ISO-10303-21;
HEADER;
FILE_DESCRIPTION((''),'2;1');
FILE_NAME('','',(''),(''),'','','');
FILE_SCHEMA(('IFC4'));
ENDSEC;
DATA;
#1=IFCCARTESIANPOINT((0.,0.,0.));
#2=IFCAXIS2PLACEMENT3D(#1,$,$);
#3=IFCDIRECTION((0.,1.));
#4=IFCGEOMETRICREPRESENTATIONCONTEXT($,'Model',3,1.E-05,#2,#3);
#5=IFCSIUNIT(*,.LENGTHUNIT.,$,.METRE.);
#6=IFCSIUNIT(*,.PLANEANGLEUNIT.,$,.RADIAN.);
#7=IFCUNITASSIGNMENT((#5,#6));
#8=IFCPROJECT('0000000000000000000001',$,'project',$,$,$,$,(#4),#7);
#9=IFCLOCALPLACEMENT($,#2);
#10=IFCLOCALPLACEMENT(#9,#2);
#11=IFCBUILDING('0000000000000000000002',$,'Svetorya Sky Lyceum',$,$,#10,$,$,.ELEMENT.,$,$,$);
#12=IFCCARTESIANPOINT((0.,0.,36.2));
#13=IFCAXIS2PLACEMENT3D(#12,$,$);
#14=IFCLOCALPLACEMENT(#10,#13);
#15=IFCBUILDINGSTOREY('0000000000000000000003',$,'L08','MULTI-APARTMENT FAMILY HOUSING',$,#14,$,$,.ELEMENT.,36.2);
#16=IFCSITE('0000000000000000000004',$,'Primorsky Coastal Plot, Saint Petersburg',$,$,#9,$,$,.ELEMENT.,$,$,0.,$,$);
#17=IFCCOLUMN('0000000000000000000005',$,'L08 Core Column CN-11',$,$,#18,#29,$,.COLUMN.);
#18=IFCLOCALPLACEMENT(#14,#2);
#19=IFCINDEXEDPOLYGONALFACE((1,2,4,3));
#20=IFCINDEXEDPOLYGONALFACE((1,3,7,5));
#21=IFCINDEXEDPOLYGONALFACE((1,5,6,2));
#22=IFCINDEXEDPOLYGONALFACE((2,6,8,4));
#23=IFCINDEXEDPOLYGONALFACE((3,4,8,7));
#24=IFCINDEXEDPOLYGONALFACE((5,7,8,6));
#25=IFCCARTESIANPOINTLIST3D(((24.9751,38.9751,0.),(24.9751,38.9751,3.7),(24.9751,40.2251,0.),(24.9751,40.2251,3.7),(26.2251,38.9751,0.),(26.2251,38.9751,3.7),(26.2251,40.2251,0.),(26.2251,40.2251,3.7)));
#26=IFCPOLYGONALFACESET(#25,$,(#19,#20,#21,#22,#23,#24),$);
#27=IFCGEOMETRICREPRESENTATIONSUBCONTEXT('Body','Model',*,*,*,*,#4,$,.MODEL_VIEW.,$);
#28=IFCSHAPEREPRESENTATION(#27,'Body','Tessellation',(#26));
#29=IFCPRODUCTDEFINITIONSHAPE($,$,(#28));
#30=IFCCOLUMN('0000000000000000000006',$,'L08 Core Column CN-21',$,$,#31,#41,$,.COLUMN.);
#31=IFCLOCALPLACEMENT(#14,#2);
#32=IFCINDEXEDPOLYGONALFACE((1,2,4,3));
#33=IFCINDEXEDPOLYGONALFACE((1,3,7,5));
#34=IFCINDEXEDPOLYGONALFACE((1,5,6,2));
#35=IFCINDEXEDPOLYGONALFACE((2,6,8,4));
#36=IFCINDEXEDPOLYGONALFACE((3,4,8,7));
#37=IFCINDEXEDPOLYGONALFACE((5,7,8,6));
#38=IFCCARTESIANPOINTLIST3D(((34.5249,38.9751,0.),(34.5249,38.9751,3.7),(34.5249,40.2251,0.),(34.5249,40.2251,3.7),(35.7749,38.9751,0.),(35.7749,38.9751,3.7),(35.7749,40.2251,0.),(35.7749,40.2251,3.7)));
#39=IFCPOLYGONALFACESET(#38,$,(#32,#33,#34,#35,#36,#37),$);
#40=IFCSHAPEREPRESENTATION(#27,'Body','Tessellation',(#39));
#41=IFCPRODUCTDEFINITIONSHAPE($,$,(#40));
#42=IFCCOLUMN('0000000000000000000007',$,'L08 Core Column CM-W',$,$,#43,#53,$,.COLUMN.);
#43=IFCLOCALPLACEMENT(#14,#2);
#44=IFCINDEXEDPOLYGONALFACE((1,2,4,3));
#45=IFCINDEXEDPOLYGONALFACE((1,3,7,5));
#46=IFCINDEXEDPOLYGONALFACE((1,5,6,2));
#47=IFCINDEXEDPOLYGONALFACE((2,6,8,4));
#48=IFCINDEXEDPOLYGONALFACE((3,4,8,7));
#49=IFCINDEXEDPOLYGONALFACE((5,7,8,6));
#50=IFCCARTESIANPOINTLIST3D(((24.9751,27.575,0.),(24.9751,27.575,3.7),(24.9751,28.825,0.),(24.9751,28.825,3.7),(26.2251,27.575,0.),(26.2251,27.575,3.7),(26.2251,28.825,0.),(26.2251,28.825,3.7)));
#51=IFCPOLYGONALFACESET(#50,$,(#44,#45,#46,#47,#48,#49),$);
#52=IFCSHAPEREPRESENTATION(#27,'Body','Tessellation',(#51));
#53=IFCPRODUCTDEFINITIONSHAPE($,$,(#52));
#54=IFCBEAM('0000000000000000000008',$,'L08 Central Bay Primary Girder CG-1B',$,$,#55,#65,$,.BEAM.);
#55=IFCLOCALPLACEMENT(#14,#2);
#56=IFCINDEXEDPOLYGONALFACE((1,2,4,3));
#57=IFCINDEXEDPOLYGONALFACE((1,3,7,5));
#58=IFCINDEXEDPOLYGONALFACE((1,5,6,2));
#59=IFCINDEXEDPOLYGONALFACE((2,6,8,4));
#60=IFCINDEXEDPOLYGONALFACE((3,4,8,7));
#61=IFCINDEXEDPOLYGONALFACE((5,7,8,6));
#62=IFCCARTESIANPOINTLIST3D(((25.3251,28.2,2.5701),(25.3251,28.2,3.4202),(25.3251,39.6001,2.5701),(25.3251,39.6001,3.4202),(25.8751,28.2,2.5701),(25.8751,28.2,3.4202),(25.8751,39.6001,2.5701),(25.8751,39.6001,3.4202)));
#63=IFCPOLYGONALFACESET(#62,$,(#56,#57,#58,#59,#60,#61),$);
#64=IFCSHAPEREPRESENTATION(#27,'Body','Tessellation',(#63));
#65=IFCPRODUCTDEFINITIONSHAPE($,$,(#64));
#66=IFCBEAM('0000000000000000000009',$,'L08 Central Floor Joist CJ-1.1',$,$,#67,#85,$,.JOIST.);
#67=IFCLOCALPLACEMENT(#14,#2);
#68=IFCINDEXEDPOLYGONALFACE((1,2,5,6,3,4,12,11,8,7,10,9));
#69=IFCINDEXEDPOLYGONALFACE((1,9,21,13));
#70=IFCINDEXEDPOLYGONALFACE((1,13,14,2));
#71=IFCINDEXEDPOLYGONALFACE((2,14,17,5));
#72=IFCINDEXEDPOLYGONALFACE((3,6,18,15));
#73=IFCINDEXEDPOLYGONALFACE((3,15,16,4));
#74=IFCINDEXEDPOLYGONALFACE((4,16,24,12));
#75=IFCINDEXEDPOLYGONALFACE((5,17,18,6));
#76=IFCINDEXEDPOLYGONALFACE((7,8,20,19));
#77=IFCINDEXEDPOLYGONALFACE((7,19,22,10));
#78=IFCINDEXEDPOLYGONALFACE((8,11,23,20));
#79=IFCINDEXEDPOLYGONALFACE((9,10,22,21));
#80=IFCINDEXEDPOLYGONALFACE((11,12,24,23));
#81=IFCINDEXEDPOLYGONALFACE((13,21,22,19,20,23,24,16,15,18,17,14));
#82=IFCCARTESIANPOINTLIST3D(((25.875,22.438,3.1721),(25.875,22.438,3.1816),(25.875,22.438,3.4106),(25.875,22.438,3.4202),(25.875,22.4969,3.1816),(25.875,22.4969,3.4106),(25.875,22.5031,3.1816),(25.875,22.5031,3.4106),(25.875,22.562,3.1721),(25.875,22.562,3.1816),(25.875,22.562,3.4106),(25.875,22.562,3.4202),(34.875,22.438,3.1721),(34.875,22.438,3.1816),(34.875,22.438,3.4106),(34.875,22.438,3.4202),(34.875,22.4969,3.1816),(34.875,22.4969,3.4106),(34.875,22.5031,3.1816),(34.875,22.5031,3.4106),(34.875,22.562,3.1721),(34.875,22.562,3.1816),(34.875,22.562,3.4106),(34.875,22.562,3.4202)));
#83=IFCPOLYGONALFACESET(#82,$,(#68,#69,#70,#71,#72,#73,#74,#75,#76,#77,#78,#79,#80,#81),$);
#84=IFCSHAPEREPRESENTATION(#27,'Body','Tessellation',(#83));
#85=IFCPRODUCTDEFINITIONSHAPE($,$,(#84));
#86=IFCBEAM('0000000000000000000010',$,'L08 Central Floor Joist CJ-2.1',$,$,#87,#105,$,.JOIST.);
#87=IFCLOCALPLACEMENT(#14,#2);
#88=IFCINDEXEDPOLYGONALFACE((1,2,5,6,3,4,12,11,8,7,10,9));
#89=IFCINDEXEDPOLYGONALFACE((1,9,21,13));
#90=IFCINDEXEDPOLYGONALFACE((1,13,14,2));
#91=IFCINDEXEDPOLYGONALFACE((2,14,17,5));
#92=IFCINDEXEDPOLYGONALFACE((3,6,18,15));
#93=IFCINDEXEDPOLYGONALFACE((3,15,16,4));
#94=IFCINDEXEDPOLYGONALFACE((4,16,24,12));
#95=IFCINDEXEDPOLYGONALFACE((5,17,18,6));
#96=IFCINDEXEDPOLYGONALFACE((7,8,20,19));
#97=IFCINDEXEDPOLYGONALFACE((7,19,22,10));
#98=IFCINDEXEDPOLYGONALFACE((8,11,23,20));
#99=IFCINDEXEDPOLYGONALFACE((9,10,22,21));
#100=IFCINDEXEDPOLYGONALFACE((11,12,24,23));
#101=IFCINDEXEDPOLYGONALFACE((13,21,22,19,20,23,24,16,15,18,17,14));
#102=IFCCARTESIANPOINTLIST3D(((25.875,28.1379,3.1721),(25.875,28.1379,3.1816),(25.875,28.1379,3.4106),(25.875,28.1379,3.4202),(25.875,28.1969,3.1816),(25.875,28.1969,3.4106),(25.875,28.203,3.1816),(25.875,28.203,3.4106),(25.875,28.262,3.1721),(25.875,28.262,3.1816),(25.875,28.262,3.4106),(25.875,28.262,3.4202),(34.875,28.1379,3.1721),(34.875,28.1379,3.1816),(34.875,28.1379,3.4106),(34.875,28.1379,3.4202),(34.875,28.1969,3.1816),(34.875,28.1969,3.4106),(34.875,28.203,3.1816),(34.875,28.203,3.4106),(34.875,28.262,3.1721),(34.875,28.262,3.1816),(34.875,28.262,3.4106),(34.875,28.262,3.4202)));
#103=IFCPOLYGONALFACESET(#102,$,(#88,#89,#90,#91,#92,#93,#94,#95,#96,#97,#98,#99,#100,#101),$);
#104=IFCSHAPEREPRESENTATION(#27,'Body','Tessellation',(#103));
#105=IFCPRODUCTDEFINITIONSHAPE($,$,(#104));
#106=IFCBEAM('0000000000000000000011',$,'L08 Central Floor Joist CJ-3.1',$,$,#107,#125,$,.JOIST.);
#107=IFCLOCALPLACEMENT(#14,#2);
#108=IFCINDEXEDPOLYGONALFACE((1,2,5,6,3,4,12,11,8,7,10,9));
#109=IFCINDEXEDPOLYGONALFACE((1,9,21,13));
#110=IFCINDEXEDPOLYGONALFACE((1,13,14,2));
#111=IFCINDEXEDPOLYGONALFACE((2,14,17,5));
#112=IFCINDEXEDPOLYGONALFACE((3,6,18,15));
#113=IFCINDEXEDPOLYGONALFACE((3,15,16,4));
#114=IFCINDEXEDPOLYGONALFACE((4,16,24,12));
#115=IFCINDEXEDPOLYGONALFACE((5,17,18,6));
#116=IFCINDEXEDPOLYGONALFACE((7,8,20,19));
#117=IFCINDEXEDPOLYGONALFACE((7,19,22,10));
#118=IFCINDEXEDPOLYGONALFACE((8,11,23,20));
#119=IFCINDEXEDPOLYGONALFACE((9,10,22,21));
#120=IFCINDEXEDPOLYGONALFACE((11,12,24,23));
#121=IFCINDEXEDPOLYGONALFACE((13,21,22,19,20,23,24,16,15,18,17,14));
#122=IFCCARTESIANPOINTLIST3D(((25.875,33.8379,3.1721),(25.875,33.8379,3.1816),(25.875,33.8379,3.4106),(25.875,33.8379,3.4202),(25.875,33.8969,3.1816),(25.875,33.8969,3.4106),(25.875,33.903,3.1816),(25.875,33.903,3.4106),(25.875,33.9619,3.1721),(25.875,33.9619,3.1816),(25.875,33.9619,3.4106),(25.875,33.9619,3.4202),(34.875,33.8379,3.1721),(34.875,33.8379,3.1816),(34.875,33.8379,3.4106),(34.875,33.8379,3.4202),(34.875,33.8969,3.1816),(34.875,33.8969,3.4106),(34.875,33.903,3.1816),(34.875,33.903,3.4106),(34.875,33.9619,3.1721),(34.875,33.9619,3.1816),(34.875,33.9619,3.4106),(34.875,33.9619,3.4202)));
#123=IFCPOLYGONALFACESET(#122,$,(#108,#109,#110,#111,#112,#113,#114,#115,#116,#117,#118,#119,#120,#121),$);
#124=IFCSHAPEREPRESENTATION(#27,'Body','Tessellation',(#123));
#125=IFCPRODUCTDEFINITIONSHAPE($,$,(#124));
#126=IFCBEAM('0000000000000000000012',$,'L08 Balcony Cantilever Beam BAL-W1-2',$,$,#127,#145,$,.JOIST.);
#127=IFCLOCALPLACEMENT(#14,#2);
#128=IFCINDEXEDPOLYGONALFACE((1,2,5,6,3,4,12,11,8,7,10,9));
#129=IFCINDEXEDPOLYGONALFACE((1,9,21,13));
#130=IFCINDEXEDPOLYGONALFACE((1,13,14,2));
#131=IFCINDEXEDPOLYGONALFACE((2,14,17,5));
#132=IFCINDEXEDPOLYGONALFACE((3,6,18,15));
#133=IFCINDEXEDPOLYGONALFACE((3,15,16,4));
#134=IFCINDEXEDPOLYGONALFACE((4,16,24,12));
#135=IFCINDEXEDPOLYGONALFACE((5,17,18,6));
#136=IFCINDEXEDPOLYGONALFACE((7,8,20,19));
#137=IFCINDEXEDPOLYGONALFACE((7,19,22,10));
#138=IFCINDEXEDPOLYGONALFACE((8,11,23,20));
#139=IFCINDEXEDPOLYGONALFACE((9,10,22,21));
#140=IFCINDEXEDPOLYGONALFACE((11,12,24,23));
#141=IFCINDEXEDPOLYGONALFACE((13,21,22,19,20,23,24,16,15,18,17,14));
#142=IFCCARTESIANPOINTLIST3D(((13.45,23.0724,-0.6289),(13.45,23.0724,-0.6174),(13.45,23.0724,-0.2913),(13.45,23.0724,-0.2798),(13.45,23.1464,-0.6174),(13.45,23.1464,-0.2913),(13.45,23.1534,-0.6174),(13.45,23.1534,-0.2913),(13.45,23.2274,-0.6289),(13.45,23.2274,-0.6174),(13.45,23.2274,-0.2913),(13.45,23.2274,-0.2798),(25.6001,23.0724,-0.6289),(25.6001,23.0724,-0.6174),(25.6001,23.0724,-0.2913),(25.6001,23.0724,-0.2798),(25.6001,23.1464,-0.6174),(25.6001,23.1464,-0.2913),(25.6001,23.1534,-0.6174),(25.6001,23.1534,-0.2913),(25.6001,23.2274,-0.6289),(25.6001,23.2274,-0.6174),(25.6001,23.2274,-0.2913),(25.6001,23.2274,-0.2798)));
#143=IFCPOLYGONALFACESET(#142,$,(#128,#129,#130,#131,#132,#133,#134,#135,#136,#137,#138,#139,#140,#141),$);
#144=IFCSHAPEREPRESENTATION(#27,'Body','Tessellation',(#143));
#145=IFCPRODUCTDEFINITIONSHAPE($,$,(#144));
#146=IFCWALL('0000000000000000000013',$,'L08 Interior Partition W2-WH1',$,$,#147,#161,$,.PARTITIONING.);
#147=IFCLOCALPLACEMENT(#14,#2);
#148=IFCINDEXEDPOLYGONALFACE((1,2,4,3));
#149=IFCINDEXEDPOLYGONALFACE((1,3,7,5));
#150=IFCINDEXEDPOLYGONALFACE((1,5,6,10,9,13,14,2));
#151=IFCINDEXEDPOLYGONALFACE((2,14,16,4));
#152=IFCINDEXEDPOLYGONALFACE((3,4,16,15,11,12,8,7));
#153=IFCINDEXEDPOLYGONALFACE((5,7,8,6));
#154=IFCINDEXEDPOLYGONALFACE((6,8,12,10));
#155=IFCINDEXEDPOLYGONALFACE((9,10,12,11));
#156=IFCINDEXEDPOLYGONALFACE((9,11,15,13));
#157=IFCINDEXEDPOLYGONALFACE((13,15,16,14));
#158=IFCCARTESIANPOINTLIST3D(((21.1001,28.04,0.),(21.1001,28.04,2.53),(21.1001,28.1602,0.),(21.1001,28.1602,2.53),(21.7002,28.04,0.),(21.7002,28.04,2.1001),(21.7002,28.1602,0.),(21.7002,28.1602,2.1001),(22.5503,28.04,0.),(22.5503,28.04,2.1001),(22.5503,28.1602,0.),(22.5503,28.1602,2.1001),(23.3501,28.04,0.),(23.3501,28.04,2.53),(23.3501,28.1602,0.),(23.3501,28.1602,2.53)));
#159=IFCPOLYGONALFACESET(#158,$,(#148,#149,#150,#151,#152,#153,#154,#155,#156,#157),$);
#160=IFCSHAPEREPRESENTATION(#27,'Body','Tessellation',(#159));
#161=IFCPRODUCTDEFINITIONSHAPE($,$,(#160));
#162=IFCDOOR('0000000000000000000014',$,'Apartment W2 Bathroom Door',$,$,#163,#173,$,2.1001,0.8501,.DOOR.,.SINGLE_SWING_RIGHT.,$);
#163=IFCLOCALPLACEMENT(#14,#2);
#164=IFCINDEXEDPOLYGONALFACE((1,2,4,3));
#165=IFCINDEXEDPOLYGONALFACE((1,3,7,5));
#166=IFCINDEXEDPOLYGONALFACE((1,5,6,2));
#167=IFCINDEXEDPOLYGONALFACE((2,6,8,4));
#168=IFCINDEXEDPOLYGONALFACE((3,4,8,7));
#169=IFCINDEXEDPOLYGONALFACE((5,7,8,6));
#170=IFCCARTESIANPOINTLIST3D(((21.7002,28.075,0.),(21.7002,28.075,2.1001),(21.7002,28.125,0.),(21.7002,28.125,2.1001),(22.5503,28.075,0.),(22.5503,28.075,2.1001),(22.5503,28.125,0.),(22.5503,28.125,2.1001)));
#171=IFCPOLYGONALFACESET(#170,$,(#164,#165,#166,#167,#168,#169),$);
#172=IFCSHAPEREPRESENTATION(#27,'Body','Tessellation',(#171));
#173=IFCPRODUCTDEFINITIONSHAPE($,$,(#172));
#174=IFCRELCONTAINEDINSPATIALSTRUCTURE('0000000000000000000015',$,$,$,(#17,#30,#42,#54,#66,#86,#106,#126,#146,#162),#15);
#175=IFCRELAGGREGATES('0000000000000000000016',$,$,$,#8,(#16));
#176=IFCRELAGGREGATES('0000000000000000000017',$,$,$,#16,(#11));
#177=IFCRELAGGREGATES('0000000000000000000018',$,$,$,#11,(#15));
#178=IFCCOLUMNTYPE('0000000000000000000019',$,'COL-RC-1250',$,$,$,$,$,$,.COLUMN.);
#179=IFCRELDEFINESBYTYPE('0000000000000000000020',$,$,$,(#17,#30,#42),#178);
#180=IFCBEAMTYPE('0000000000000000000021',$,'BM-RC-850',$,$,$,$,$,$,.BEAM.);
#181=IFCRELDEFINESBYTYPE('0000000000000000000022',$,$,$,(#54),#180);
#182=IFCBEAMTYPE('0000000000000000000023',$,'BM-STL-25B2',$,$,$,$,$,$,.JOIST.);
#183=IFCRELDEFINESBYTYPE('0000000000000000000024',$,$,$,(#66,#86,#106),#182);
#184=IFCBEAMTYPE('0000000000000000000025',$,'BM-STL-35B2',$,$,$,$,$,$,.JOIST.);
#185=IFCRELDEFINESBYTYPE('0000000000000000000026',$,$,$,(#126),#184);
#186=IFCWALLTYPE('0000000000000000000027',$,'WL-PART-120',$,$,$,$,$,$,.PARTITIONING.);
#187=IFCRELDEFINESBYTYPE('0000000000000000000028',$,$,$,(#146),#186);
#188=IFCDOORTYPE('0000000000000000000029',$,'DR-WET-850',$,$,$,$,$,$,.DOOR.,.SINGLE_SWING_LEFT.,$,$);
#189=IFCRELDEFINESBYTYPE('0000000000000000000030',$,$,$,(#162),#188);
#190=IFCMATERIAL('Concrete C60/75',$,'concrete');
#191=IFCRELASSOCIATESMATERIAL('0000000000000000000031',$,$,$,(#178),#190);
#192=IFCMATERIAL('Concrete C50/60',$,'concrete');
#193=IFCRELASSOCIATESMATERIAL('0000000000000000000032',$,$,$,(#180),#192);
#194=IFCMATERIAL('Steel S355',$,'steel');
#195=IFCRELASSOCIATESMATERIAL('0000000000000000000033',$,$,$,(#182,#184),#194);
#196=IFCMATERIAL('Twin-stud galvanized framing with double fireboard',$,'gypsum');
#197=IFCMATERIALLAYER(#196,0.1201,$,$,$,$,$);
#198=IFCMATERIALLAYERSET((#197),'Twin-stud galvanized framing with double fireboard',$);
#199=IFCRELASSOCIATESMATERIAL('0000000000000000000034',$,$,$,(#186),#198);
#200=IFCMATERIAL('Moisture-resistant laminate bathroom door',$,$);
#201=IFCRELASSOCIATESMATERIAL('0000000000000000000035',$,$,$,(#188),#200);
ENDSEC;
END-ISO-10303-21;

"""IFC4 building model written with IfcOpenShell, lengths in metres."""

from ifc_helpers import new_model, si_unit, direction, frame, frame_2d, origin, origin_2d, place, context, subcontext, project, spatial, rectangle, i_section, extrude, material, layer, layer_set, material_profile, profile_set, type_object, element, fill, save


model = new_model("IFC4")

# Units and contexts
model_context = context("Model", 3, precision=1e-05, world=origin(), true_north=direction((0.0, 1.0)))
body_context = subcontext(model_context, "Body", "Model", "MODEL_VIEW")
ifc_project = project(units=[si_unit("LENGTHUNIT", "METRE"), si_unit("PLANEANGLEUNIT", "RADIAN")], contexts=[model_context])

# Site, building, storey
site_placement = place(None, origin())
site = spatial("IfcSite", under=ifc_project, at=site_placement, Name="Primorsky Coastal Plot, Saint Petersburg", CompositionType="ELEMENT", RefElevation=0.0)
building_placement = place(site_placement, origin())
building = spatial("IfcBuilding", under=site, at=building_placement, Name="Svetorya Sky Lyceum", CompositionType="ELEMENT")
storey_placement = place(building_placement, frame((0.0, 0.0, 36.2)))
storey = spatial("IfcBuildingStorey", under=building, at=storey_placement, Name="L08", Description="MULTI-APARTMENT FAMILY HOUSING", CompositionType="ELEMENT", Elevation=36.2)

# Columns
ifc_material_1 = material(Name="Concrete C60/75", Category="concrete")
ifc_material_profile_1 = material_profile(ifc_material_1, rectangle(XDim=1.25, YDim=1.25, at=origin_2d()), Name="RC COL 1250x1250")
ifc_profile_set_1 = profile_set([ifc_material_profile_1], Name="Concrete C60/75")
column_type = type_object("IfcColumnType", Name="COL-RC-1250", PredefinedType="COLUMN", material=ifc_profile_set_1)
for number, where, z_axis, x_axis, name in (
    (1, (25.6001, 39.6001, 0.0), (0.0, 0.0, 1.0), (1.0, 0.0, 0.0), "L08 Core Column CN-11"),
    (2, (35.1499, 39.6001, 0.0), (0.0, 0.0, 1.0), (1.0, 0.0, 0.0), "L08 Core Column CN-21"),
    (3, (25.6001, 28.2, 0.0), (0.0, 0.0, 1.0), (1.0, 0.0, 0.0), "L08 Core Column CM-W"),
):
    element("IfcColumn", number, at=place(storey_placement, frame(where, z_axis=z_axis, x_axis=x_axis)), inside=storey, type_object=column_type, Name=name, PredefinedType="COLUMN", context=body_context, shape_type="SweptSolid", body=[
        extrude(rectangle(XDim=1.25, YDim=1.25, at=origin_2d()), origin(), (0.0, 0.0, 1.0), 3.7),
    ])

# Beams
ifc_material_2 = material(Name="Concrete C50/60", Category="concrete")
ifc_material_profile_2 = material_profile(ifc_material_2, rectangle(XDim=0.55, YDim=0.8501, at=origin_2d()), Name="RC BEAM 550x850")
ifc_profile_set_2 = profile_set([ifc_material_profile_2], Name="Concrete C50/60")
beam_type_1 = type_object("IfcBeamType", Name="BM-RC-850", PredefinedType="BEAM", material=ifc_profile_set_2)
beam_1_placement = place(storey_placement, frame((25.6001, 28.2, 2.9951), z_axis=(0.0, 1.0, 0.0), x_axis=(-1.0, 0.0, 0.0)))
element("IfcBeam", 4, at=beam_1_placement, inside=storey, type_object=beam_type_1, Name="L08 Central Bay Primary Girder CG-1B", PredefinedType="BEAM", context=body_context, shape_type="SweptSolid", body=[
    extrude(rectangle(XDim=0.55, YDim=0.8501, at=origin_2d()), origin(), (0.0, 0.0, 1.0), 11.4001),
])
ifc_material_3 = material(Name="Steel S355", Category="steel")
ifc_material_profile_3 = material_profile(ifc_material_3, i_section(OverallWidth=0.124, OverallDepth=0.248, WebThickness=0.0061, FlangeThickness=0.0095, at=origin_2d()), Name="GOST 25B2")
ifc_profile_set_3 = profile_set([ifc_material_profile_3], Name="Steel S355")
beam_type_2 = type_object("IfcBeamType", Name="BM-STL-25B2", PredefinedType="JOIST", material=ifc_profile_set_3)
for number, where, z_axis, x_axis, name in (
    (5, (25.875, 22.5, 3.2961), (1.0, 0.0, 0.0), (0.0, 1.0, 0.0), "L08 Central Floor Joist CJ-1.1"),
    (6, (25.875, 28.2, 3.2961), (1.0, 0.0, 0.0), (0.0, 1.0, 0.0), "L08 Central Floor Joist CJ-2.1"),
    (7, (25.875, 33.8999, 3.2961), (1.0, 0.0, 0.0), (0.0, 1.0, 0.0), "L08 Central Floor Joist CJ-3.1"),
):
    element("IfcBeam", number, at=place(storey_placement, frame(where, z_axis=z_axis, x_axis=x_axis)), inside=storey, type_object=beam_type_2, Name=name, PredefinedType="JOIST", context=body_context, shape_type="SweptSolid", body=[
        extrude(i_section(OverallWidth=0.124, OverallDepth=0.248, WebThickness=0.0061, FlangeThickness=0.0095, at=origin_2d()), origin(), (0.0, 0.0, 1.0), 9.0),
    ])
ifc_material_profile_4 = material_profile(ifc_material_3, i_section(OverallWidth=0.155, OverallDepth=0.3491, WebThickness=0.0071, FlangeThickness=0.0115, at=origin_2d()), Name="GOST 35B2")
ifc_profile_set_4 = profile_set([ifc_material_profile_4], Name="Steel S355")
beam_type_3 = type_object("IfcBeamType", Name="BM-STL-35B2", PredefinedType="JOIST", material=ifc_profile_set_4)
beam_2_placement = place(storey_placement, frame((25.6001, 23.1499, -0.4543), z_axis=(-1.0, 0.0, 0.0), x_axis=(0.0, -1.0, 0.0)))
element("IfcBeam", 8, at=beam_2_placement, inside=storey, type_object=beam_type_3, Name="L08 Balcony Cantilever Beam BAL-W1-2", PredefinedType="JOIST", context=body_context, shape_type="SweptSolid", body=[
    extrude(i_section(OverallWidth=0.155, OverallDepth=0.3491, WebThickness=0.0071, FlangeThickness=0.0115, at=origin_2d()), origin(), (0.0, 0.0, 1.0), 12.1501),
])

# Wall, opening, door
ifc_material_4 = material(Name="Twin-stud galvanized framing with double fireboard", Category="gypsum")
ifc_layer_1 = layer(ifc_material_4, 0.1201)
ifc_layer_set_1 = layer_set([ifc_layer_1], Name="Twin-stud galvanized framing with double fireboard")
wall_type_1 = type_object("IfcWallType", Name="WL-PART-120", PredefinedType="PARTITIONING", material=ifc_layer_set_1)
wall_1_placement = place(storey_placement, frame((21.1001, 28.1001, 0.0), z_axis=(0.0, 0.0, 1.0), x_axis=(1.0, 0.0, 0.0)))
wall_1 = element("IfcWall", 9, at=wall_1_placement, inside=storey, type_object=wall_type_1, Name="L08 Interior Partition W2-WH1", PredefinedType="PARTITIONING", context=body_context, shape_type="SweptSolid", body=[
    extrude(rectangle(XDim=2.25, YDim=0.1201, at=frame_2d((1.125, 0.0))), origin(), (0.0, 0.0, 1.0), 2.53),
])
opening_1_placement = place(wall_1_placement, frame((0.6001, 0.0, 0.0)))
opening_1 = element("IfcOpeningElement", 10, at=opening_1_placement, cuts=wall_1, PredefinedType="OPENING", context=body_context, shape_type="SweptSolid", body=[
    extrude(rectangle(XDim=0.8501, YDim=2.1001, at=frame_2d((0.425, 1.05))), frame((0.0, 0.0701, 0.0), z_axis=(0.0, -1.0, 0.0), x_axis=(1.0, 0.0, 0.0)), (0.0, 0.0, 1.0), 0.1401),
])
ifc_material_5 = material(Name="Moisture-resistant laminate bathroom door")
door_type_1 = type_object("IfcDoorType", Name="DR-WET-850", OperationType="SINGLE_SWING_LEFT", PredefinedType="DOOR", material=ifc_material_5)
door_1_placement = place(opening_1_placement, origin())
door_1 = element("IfcDoor", 11, at=door_1_placement, inside=storey, type_object=door_type_1, Name="Apartment W2 Bathroom Door", OperationType="SINGLE_SWING_RIGHT", OverallHeight=2.1001, OverallWidth=0.8501, PredefinedType="DOOR", context=body_context, shape_type="SweptSolid", body=[
    extrude(rectangle(XDim=0.8501, YDim=2.1001, at=frame_2d((0.425, 1.05))), frame((0.0, 0.0249, 0.0), z_axis=(0.0, -1.0, 0.0), x_axis=(1.0, 0.0, 0.0)), (0.0, 0.0, 1.0), 0.05),
])
fill(opening_1, door_1)

save(model, "model.ifc")
